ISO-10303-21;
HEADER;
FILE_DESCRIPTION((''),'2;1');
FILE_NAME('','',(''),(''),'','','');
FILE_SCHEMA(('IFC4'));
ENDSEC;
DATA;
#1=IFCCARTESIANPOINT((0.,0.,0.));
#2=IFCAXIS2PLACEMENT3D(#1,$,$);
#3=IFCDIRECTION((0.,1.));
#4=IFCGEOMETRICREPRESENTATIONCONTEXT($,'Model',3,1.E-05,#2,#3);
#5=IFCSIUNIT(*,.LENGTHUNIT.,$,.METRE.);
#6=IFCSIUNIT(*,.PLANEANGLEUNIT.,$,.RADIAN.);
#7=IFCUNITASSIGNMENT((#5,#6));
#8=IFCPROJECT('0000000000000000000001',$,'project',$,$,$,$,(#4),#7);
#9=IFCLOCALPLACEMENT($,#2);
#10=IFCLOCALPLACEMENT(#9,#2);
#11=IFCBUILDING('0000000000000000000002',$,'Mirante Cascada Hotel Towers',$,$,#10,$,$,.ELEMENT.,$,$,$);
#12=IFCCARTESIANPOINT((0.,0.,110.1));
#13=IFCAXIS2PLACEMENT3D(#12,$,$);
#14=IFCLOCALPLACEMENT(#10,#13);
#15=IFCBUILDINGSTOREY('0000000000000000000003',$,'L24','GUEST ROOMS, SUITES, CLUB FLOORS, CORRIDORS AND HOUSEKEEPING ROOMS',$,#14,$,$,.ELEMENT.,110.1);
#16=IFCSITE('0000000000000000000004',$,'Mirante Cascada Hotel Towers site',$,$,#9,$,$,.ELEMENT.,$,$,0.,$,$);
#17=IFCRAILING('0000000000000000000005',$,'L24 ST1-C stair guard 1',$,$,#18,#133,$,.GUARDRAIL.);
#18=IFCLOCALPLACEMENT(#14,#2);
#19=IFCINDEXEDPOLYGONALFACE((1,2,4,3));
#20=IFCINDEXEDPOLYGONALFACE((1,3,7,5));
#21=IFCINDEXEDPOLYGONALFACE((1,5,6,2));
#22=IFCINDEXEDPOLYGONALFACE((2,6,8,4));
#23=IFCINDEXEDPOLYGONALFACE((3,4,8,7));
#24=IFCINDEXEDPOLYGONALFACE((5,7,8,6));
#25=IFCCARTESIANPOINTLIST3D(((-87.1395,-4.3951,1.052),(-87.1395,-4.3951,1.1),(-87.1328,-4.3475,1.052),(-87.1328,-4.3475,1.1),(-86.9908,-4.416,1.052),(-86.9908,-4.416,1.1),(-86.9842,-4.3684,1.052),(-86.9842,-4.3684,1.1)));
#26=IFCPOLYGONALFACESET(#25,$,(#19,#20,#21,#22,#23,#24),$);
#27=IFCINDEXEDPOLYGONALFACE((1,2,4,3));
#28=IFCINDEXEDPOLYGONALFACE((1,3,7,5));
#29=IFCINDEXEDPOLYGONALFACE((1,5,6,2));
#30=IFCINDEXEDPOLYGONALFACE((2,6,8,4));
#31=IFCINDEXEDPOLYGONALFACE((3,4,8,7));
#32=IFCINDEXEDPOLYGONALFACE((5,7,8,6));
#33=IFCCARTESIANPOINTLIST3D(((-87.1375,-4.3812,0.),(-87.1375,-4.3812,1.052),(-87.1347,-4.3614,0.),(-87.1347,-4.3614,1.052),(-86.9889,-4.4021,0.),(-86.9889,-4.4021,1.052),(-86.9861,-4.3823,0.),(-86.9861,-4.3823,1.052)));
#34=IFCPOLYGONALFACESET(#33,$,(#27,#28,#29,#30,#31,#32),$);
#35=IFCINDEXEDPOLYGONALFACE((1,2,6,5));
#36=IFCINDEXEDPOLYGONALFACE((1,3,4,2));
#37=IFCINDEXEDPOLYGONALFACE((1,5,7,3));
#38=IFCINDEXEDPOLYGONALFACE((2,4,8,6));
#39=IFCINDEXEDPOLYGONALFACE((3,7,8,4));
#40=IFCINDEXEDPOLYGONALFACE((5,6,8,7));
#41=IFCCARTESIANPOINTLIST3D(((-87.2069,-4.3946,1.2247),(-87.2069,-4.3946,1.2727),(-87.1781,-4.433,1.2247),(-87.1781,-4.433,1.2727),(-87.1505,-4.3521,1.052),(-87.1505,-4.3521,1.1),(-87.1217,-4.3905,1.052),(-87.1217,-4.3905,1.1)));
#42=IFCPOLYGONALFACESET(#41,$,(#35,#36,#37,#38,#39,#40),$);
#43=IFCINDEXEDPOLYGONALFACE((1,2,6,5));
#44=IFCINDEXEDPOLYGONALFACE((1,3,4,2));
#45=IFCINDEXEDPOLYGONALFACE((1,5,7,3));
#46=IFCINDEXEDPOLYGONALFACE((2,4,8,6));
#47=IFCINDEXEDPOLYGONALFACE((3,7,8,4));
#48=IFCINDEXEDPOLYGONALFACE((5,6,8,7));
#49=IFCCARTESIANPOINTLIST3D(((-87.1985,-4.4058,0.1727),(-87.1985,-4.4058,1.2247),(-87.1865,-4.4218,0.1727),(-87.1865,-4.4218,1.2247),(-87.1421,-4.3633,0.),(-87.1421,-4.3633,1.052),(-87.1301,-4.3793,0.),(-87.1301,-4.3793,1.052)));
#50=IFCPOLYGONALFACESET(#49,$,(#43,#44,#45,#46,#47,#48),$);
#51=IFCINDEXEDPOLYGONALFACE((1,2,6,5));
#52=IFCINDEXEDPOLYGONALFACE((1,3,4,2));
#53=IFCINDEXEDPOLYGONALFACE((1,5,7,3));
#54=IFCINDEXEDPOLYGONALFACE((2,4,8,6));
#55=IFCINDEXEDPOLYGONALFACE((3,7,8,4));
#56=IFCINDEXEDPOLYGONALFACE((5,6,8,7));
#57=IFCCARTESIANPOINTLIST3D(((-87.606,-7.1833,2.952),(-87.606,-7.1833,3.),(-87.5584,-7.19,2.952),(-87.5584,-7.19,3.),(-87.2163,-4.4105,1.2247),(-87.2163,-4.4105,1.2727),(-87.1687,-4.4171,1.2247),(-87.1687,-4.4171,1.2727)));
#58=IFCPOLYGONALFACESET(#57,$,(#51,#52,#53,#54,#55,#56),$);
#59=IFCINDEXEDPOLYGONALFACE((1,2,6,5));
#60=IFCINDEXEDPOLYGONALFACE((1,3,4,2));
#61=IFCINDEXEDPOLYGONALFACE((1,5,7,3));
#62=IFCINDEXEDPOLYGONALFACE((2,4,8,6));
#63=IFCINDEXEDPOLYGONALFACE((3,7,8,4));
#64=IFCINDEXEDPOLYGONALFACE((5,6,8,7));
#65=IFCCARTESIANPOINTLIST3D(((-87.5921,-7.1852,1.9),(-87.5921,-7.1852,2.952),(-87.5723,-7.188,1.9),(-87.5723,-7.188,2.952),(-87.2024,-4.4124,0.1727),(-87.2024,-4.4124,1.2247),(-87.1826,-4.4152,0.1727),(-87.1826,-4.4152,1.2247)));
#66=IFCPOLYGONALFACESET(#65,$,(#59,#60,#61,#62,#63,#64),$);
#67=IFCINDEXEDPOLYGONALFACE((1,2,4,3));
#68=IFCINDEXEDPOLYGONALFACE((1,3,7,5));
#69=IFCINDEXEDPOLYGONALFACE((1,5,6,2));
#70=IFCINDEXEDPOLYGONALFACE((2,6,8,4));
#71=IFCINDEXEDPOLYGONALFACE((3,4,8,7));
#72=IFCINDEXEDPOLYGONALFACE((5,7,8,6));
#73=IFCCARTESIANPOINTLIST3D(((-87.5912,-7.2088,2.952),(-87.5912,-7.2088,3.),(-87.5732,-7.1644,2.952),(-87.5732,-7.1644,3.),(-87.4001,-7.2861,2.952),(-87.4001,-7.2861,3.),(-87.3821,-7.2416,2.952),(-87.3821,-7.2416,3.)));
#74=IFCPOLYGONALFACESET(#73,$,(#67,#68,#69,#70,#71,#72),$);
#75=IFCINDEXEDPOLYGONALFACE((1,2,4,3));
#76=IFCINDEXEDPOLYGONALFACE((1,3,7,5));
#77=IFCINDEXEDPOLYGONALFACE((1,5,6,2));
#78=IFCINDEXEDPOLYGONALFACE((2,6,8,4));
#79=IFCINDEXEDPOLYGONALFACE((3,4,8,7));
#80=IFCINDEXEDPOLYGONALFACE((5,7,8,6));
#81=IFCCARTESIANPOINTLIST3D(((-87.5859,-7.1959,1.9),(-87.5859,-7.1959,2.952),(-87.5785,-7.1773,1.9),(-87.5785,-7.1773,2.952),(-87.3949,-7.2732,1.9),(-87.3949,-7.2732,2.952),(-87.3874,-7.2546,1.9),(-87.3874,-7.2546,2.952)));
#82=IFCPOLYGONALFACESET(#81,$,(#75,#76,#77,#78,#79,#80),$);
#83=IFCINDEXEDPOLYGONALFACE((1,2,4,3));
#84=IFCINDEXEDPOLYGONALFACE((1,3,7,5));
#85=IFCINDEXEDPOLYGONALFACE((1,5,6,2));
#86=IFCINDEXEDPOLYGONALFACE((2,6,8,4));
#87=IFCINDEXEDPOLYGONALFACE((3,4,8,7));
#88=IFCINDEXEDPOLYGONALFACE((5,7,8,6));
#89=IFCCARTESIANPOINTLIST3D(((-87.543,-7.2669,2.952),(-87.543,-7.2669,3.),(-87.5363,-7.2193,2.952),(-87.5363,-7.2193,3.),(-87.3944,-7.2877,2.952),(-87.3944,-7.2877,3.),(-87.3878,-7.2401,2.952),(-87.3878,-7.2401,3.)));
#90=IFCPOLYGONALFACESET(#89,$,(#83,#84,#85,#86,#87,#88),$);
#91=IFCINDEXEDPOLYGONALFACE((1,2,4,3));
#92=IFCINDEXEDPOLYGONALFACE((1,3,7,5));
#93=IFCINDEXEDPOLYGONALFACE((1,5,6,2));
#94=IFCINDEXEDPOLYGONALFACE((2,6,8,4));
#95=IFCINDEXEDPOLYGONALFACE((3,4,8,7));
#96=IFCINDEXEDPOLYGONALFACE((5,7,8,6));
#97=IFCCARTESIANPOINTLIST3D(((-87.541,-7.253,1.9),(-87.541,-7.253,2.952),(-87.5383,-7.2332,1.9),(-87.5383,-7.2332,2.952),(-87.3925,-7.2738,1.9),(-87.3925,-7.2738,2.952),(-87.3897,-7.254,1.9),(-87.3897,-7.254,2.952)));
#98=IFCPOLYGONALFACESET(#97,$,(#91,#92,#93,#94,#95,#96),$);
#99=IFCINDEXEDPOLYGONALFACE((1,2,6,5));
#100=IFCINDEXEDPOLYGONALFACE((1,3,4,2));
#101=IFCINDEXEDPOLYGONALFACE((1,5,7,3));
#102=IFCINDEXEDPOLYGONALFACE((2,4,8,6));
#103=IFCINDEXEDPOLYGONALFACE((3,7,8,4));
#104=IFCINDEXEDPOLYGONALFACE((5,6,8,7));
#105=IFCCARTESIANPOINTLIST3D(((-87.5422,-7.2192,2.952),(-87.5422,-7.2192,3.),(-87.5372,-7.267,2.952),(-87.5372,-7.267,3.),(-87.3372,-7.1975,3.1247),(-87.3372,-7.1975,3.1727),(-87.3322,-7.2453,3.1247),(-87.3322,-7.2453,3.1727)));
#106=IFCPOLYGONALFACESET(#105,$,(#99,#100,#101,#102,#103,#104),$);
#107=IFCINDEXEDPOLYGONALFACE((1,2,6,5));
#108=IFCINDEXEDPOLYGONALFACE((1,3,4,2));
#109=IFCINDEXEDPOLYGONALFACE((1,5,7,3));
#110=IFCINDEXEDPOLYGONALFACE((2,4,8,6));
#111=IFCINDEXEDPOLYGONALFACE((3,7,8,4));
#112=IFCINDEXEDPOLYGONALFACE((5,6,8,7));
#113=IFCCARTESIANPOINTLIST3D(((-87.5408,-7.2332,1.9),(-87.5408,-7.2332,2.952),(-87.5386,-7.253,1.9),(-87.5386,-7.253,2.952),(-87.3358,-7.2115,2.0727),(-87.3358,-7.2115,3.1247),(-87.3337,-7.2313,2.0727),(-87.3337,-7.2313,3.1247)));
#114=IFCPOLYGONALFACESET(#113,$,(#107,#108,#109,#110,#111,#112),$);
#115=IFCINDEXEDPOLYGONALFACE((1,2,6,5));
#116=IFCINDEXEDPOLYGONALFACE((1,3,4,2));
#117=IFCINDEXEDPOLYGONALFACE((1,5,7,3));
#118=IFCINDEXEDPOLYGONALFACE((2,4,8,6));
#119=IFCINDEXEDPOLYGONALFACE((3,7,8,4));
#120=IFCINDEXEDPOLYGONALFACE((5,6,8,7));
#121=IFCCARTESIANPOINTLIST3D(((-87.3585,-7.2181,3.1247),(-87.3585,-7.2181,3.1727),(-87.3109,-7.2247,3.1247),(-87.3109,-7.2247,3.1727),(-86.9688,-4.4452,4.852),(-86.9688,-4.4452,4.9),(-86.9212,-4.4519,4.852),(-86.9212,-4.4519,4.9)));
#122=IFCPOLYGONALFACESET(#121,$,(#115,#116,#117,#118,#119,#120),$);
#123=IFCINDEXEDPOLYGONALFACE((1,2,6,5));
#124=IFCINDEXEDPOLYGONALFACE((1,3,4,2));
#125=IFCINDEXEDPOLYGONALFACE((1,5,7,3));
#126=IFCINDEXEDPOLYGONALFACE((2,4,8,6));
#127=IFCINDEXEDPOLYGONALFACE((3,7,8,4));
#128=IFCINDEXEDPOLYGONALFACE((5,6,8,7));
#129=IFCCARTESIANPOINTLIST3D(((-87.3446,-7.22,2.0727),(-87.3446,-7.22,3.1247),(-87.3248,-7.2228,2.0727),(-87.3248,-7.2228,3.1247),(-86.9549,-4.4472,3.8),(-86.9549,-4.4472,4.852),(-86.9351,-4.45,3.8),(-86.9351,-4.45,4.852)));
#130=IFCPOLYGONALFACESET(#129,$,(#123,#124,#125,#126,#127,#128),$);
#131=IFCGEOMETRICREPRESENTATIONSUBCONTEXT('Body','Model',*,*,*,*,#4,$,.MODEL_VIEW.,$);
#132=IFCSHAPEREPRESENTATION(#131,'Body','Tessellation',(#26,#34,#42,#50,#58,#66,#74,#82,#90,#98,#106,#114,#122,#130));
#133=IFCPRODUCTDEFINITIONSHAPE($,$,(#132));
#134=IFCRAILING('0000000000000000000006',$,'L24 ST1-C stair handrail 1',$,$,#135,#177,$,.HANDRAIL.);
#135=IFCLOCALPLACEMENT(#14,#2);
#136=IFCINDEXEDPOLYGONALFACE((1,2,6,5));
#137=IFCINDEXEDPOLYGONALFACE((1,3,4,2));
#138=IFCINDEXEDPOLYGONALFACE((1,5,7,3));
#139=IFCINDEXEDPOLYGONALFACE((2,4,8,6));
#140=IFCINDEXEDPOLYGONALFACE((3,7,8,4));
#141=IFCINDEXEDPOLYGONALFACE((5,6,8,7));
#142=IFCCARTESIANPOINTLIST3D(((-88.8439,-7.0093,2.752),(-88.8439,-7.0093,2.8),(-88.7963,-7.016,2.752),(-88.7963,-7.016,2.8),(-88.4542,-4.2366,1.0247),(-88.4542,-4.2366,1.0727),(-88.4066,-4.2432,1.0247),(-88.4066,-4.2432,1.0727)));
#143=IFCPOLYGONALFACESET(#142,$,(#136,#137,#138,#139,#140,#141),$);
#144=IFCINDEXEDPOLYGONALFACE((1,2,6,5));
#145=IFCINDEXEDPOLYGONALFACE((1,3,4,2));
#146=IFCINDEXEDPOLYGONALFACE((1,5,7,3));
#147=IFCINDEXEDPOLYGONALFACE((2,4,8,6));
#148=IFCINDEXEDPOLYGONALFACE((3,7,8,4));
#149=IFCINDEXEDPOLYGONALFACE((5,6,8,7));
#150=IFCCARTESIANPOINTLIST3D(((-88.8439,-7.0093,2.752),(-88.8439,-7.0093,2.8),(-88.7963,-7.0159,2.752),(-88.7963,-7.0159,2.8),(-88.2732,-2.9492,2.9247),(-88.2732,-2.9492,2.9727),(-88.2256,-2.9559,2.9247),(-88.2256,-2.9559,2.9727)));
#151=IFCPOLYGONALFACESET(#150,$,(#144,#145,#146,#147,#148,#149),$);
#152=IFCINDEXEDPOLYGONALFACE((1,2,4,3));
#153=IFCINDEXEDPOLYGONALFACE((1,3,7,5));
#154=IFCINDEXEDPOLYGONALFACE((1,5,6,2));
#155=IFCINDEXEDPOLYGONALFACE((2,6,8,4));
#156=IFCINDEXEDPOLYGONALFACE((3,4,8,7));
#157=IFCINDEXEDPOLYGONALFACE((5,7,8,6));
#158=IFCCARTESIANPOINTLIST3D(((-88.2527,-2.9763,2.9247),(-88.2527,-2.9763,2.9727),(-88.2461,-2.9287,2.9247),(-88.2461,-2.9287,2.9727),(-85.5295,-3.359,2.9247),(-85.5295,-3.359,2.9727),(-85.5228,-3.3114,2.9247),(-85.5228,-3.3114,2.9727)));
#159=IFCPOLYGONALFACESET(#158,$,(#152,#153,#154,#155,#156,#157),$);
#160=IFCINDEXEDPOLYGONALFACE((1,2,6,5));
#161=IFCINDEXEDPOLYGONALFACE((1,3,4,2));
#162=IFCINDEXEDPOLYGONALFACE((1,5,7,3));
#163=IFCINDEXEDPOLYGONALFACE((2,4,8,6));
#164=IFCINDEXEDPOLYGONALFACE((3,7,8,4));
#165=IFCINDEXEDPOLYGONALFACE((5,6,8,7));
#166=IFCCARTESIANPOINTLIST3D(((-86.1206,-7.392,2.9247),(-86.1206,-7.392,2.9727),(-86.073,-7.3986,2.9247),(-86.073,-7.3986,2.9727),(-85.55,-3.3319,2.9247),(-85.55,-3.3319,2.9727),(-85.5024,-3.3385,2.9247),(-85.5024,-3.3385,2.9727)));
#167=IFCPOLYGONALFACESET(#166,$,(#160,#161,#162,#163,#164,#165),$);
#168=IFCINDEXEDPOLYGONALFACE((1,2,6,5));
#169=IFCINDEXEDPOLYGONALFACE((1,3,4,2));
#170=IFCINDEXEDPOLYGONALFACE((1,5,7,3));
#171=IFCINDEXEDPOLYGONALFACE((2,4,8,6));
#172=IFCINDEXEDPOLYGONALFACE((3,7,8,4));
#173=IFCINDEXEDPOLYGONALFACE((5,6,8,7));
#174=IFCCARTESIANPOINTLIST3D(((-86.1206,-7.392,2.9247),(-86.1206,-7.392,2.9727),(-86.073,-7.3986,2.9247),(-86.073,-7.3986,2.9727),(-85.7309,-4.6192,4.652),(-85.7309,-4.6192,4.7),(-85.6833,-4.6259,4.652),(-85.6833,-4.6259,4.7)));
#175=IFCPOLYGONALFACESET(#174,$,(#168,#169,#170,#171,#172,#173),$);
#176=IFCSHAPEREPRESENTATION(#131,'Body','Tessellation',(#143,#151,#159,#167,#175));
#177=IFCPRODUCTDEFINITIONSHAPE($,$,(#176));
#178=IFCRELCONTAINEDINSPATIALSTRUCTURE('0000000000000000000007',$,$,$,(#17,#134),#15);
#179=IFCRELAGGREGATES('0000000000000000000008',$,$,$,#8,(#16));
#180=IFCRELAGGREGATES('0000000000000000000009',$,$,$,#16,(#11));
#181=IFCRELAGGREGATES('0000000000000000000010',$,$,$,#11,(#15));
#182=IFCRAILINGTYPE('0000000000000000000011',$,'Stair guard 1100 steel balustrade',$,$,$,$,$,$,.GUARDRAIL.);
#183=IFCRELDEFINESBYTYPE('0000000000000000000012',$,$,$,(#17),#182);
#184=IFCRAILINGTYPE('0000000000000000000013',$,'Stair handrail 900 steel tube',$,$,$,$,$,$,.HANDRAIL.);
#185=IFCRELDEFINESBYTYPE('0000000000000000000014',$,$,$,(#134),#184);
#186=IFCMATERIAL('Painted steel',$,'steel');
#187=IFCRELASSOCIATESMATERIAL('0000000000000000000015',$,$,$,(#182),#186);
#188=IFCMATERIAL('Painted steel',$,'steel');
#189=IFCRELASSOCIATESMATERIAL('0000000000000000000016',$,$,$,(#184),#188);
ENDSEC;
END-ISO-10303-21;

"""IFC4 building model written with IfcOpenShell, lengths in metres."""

from ifc_helpers import new_model, si_unit, direction, frame, origin, origin_2d, place, context, subcontext, project, spatial, rectangle, extrude, material, type_object, element, save


model = new_model("IFC4")

# Units and contexts
model_context = context("Model", 3, precision=1e-05, world=origin(), true_north=direction((0.0, 1.0)))
body_context = subcontext(model_context, "Body", "Model", "MODEL_VIEW")
ifc_project = project(units=[si_unit("LENGTHUNIT", "METRE"), si_unit("PLANEANGLEUNIT", "RADIAN")], contexts=[model_context])

# Site, building, storey
site_placement = place(None, origin())
site = spatial("IfcSite", under=ifc_project, at=site_placement, Name="Mirante Cascada Hotel Towers site", CompositionType="ELEMENT", RefElevation=0.0)
building_placement = place(site_placement, origin())
building = spatial("IfcBuilding", under=site, at=building_placement, Name="Mirante Cascada Hotel Towers", CompositionType="ELEMENT")
storey_placement = place(building_placement, frame((0.0, 0.0, 110.1)))
storey = spatial("IfcBuildingStorey", under=building, at=storey_placement, Name="L24", Description="GUEST ROOMS, SUITES, CLUB FLOORS, CORRIDORS AND HOUSEKEEPING ROOMS", CompositionType="ELEMENT", Elevation=110.1)

# Railings
ifc_material_1 = material(Name="Painted steel", Category="steel")
railing_type_1 = type_object("IfcRailingType", Name="Stair guard 1100 steel balustrade", PredefinedType="GUARDRAIL", material=ifc_material_1)
railing_1_placement = place(storey_placement, frame((-86.9875, -4.3922, 0.0)))
element("IfcRailing", 1, at=railing_1_placement, inside=storey, type_object=railing_type_1, Name="L24 ST1-C stair guard 1", PredefinedType="GUARDRAIL", context=body_context, shape_type="SweptSolid", body=[
    extrude(rectangle(XDim=0.048, YDim=0.048, at=origin_2d()), frame((0.0, 0.0, 1.076), z_axis=(-0.990254, 0.139275, 0.0), x_axis=(-0.139275, -0.990254, 0.0)), (0.0, 0.0, 1.0), 0.1501),
    extrude(rectangle(XDim=0.02, YDim=1.052, at=origin_2d()), frame((0.0, 0.0, 0.526), z_axis=(-0.990254, 0.139275, 0.0), x_axis=(-0.139275, -0.990254, 0.0)), (0.0, 0.0, 1.0), 0.1501),
    extrude(rectangle(XDim=0.048, YDim=0.048, at=origin_2d()), frame((-0.1486, 0.0209, 1.076), z_axis=(-0.798639, -0.601811, 0.0), x_axis=(0.601811, -0.798639, 0.0)), (0.0, 0.925603, 0.378496), 0.1866),
    extrude(rectangle(XDim=0.02, YDim=1.052, at=origin_2d()), frame((-0.1486, 0.0209, 0.526), z_axis=(-0.798639, -0.601811, 0.0), x_axis=(0.601811, -0.798639, 0.0)), (0.0, 0.925603, 0.378496), 0.1866),
    extrude(rectangle(XDim=0.048, YDim=0.048, at=origin_2d()), frame((-0.205, -0.0216, 1.2487), z_axis=(-0.139176, -0.990268, 0.0), x_axis=(0.990268, -0.139176, 0.0)), (0.0, 0.525021, 0.851089), 3.29),
    extrude(rectangle(XDim=0.02, YDim=1.052, at=origin_2d()), frame((-0.205, -0.0216, 0.6987), z_axis=(-0.139176, -0.990268, 0.0), x_axis=(0.990268, -0.139176, 0.0)), (0.0, 0.525021, 0.851089), 3.29),
    extrude(rectangle(XDim=0.048, YDim=0.048, at=origin_2d()), frame((-0.5947, -2.7944, 2.976), z_axis=(0.927031, -0.374984, 0.0), x_axis=(0.374984, 0.927031, 0.0)), (0.0, 0.0, 1.0), 0.2061),
    extrude(rectangle(XDim=0.02, YDim=1.052, at=origin_2d()), frame((-0.5947, -2.7944, 2.426), z_axis=(0.927031, -0.374984, 0.0), x_axis=(0.374984, 0.927031, 0.0)), (0.0, 0.0, 1.0), 0.2061),
    extrude(rectangle(XDim=0.048, YDim=0.048, at=origin_2d()), frame((-0.4036, -2.8717, 2.976), z_axis=(-0.990345, 0.138622, 0.0), x_axis=(-0.138622, -0.990345, 0.0)), (0.0, 0.0, 1.0), 0.15),
    extrude(rectangle(XDim=0.02, YDim=1.052, at=origin_2d()), frame((-0.4036, -2.8717, 2.426), z_axis=(-0.990345, 0.138622, 0.0), x_axis=(-0.138622, -0.990345, 0.0)), (0.0, 0.0, 1.0), 0.15),
    extrude(rectangle(XDim=0.048, YDim=0.048, at=origin_2d()), frame((-0.5522, -2.8509, 2.976), z_axis=(0.994444, 0.105266, 0.0), x_axis=(-0.105266, 0.994444, 0.0)), (0.0, 0.642184, 0.76655), 0.2689),
    extrude(rectangle(XDim=0.02, YDim=1.052, at=origin_2d()), frame((-0.5522, -2.8509, 2.426), z_axis=(0.994444, 0.105266, 0.0), x_axis=(-0.105266, 0.994444, 0.0)), (0.0, 0.642184, 0.76655), 0.2689),
    extrude(rectangle(XDim=0.048, YDim=0.048, at=origin_2d()), frame((-0.3472, -2.8292, 3.1487), z_axis=(0.139176, 0.990268, 0.0), x_axis=(-0.990268, 0.139176, 0.0)), (0.0, 0.525021, 0.851089), 3.29),
    extrude(rectangle(XDim=0.02, YDim=1.052, at=origin_2d()), frame((-0.3472, -2.8292, 2.5987), z_axis=(0.139176, 0.990268, 0.0), x_axis=(-0.990268, 0.139176, 0.0)), (0.0, 0.525021, 0.851089), 3.29),
])
ifc_material_2 = material(Name="Painted steel", Category="steel")
railing_type_2 = type_object("IfcRailingType", Name="Stair handrail 900 steel tube", PredefinedType="HANDRAIL", material=ifc_material_2)
railing_2_placement = place(storey_placement, frame((-88.4304, -4.2399, 0.1727)))
element("IfcRailing", 2, at=railing_2_placement, inside=storey, type_object=railing_type_2, Name="L24 ST1-C stair handrail 1", PredefinedType="HANDRAIL", context=body_context, shape_type="SweptSolid", body=[
    extrude(rectangle(XDim=0.048, YDim=0.048, at=origin_2d()), frame((0.0, 0.0, 0.876), z_axis=(-0.139181, -0.990267, 0.0), x_axis=(0.990267, -0.139181, 0.0)), (0.0, 0.525035, 0.851081), 3.2899),
    extrude(rectangle(XDim=0.048, YDim=0.048, at=origin_2d()), frame((-0.3897, -2.7727, 2.6033), z_axis=(0.139195, 0.990265, 0.0), x_axis=(-0.990265, 0.139195, 0.0)), (0.0, 0.042084, 0.999114), 4.1036),
    extrude(rectangle(XDim=0.048, YDim=0.048, at=origin_2d()), frame((0.181, 1.2874, 2.776), z_axis=(0.990269, -0.139166, 0.0), x_axis=(0.139166, 0.990269, 0.0)), (0.0, 0.0, 1.0), 2.75),
    extrude(rectangle(XDim=0.048, YDim=0.048, at=origin_2d()), frame((2.9042, 0.9047, 2.776), z_axis=(-0.139171, -0.990268, 0.0), x_axis=(0.990268, -0.139171, 0.0)), (0.0, 0.0, 1.0), 4.1),
    extrude(rectangle(XDim=0.048, YDim=0.048, at=origin_2d()), frame((2.3336, -3.1554, 2.776), z_axis=(0.139181, 0.990267, 0.0), x_axis=(-0.990267, 0.139181, 0.0)), (0.0, 0.525035, 0.851081), 3.2899),
])

save(model, "model.ifc")
